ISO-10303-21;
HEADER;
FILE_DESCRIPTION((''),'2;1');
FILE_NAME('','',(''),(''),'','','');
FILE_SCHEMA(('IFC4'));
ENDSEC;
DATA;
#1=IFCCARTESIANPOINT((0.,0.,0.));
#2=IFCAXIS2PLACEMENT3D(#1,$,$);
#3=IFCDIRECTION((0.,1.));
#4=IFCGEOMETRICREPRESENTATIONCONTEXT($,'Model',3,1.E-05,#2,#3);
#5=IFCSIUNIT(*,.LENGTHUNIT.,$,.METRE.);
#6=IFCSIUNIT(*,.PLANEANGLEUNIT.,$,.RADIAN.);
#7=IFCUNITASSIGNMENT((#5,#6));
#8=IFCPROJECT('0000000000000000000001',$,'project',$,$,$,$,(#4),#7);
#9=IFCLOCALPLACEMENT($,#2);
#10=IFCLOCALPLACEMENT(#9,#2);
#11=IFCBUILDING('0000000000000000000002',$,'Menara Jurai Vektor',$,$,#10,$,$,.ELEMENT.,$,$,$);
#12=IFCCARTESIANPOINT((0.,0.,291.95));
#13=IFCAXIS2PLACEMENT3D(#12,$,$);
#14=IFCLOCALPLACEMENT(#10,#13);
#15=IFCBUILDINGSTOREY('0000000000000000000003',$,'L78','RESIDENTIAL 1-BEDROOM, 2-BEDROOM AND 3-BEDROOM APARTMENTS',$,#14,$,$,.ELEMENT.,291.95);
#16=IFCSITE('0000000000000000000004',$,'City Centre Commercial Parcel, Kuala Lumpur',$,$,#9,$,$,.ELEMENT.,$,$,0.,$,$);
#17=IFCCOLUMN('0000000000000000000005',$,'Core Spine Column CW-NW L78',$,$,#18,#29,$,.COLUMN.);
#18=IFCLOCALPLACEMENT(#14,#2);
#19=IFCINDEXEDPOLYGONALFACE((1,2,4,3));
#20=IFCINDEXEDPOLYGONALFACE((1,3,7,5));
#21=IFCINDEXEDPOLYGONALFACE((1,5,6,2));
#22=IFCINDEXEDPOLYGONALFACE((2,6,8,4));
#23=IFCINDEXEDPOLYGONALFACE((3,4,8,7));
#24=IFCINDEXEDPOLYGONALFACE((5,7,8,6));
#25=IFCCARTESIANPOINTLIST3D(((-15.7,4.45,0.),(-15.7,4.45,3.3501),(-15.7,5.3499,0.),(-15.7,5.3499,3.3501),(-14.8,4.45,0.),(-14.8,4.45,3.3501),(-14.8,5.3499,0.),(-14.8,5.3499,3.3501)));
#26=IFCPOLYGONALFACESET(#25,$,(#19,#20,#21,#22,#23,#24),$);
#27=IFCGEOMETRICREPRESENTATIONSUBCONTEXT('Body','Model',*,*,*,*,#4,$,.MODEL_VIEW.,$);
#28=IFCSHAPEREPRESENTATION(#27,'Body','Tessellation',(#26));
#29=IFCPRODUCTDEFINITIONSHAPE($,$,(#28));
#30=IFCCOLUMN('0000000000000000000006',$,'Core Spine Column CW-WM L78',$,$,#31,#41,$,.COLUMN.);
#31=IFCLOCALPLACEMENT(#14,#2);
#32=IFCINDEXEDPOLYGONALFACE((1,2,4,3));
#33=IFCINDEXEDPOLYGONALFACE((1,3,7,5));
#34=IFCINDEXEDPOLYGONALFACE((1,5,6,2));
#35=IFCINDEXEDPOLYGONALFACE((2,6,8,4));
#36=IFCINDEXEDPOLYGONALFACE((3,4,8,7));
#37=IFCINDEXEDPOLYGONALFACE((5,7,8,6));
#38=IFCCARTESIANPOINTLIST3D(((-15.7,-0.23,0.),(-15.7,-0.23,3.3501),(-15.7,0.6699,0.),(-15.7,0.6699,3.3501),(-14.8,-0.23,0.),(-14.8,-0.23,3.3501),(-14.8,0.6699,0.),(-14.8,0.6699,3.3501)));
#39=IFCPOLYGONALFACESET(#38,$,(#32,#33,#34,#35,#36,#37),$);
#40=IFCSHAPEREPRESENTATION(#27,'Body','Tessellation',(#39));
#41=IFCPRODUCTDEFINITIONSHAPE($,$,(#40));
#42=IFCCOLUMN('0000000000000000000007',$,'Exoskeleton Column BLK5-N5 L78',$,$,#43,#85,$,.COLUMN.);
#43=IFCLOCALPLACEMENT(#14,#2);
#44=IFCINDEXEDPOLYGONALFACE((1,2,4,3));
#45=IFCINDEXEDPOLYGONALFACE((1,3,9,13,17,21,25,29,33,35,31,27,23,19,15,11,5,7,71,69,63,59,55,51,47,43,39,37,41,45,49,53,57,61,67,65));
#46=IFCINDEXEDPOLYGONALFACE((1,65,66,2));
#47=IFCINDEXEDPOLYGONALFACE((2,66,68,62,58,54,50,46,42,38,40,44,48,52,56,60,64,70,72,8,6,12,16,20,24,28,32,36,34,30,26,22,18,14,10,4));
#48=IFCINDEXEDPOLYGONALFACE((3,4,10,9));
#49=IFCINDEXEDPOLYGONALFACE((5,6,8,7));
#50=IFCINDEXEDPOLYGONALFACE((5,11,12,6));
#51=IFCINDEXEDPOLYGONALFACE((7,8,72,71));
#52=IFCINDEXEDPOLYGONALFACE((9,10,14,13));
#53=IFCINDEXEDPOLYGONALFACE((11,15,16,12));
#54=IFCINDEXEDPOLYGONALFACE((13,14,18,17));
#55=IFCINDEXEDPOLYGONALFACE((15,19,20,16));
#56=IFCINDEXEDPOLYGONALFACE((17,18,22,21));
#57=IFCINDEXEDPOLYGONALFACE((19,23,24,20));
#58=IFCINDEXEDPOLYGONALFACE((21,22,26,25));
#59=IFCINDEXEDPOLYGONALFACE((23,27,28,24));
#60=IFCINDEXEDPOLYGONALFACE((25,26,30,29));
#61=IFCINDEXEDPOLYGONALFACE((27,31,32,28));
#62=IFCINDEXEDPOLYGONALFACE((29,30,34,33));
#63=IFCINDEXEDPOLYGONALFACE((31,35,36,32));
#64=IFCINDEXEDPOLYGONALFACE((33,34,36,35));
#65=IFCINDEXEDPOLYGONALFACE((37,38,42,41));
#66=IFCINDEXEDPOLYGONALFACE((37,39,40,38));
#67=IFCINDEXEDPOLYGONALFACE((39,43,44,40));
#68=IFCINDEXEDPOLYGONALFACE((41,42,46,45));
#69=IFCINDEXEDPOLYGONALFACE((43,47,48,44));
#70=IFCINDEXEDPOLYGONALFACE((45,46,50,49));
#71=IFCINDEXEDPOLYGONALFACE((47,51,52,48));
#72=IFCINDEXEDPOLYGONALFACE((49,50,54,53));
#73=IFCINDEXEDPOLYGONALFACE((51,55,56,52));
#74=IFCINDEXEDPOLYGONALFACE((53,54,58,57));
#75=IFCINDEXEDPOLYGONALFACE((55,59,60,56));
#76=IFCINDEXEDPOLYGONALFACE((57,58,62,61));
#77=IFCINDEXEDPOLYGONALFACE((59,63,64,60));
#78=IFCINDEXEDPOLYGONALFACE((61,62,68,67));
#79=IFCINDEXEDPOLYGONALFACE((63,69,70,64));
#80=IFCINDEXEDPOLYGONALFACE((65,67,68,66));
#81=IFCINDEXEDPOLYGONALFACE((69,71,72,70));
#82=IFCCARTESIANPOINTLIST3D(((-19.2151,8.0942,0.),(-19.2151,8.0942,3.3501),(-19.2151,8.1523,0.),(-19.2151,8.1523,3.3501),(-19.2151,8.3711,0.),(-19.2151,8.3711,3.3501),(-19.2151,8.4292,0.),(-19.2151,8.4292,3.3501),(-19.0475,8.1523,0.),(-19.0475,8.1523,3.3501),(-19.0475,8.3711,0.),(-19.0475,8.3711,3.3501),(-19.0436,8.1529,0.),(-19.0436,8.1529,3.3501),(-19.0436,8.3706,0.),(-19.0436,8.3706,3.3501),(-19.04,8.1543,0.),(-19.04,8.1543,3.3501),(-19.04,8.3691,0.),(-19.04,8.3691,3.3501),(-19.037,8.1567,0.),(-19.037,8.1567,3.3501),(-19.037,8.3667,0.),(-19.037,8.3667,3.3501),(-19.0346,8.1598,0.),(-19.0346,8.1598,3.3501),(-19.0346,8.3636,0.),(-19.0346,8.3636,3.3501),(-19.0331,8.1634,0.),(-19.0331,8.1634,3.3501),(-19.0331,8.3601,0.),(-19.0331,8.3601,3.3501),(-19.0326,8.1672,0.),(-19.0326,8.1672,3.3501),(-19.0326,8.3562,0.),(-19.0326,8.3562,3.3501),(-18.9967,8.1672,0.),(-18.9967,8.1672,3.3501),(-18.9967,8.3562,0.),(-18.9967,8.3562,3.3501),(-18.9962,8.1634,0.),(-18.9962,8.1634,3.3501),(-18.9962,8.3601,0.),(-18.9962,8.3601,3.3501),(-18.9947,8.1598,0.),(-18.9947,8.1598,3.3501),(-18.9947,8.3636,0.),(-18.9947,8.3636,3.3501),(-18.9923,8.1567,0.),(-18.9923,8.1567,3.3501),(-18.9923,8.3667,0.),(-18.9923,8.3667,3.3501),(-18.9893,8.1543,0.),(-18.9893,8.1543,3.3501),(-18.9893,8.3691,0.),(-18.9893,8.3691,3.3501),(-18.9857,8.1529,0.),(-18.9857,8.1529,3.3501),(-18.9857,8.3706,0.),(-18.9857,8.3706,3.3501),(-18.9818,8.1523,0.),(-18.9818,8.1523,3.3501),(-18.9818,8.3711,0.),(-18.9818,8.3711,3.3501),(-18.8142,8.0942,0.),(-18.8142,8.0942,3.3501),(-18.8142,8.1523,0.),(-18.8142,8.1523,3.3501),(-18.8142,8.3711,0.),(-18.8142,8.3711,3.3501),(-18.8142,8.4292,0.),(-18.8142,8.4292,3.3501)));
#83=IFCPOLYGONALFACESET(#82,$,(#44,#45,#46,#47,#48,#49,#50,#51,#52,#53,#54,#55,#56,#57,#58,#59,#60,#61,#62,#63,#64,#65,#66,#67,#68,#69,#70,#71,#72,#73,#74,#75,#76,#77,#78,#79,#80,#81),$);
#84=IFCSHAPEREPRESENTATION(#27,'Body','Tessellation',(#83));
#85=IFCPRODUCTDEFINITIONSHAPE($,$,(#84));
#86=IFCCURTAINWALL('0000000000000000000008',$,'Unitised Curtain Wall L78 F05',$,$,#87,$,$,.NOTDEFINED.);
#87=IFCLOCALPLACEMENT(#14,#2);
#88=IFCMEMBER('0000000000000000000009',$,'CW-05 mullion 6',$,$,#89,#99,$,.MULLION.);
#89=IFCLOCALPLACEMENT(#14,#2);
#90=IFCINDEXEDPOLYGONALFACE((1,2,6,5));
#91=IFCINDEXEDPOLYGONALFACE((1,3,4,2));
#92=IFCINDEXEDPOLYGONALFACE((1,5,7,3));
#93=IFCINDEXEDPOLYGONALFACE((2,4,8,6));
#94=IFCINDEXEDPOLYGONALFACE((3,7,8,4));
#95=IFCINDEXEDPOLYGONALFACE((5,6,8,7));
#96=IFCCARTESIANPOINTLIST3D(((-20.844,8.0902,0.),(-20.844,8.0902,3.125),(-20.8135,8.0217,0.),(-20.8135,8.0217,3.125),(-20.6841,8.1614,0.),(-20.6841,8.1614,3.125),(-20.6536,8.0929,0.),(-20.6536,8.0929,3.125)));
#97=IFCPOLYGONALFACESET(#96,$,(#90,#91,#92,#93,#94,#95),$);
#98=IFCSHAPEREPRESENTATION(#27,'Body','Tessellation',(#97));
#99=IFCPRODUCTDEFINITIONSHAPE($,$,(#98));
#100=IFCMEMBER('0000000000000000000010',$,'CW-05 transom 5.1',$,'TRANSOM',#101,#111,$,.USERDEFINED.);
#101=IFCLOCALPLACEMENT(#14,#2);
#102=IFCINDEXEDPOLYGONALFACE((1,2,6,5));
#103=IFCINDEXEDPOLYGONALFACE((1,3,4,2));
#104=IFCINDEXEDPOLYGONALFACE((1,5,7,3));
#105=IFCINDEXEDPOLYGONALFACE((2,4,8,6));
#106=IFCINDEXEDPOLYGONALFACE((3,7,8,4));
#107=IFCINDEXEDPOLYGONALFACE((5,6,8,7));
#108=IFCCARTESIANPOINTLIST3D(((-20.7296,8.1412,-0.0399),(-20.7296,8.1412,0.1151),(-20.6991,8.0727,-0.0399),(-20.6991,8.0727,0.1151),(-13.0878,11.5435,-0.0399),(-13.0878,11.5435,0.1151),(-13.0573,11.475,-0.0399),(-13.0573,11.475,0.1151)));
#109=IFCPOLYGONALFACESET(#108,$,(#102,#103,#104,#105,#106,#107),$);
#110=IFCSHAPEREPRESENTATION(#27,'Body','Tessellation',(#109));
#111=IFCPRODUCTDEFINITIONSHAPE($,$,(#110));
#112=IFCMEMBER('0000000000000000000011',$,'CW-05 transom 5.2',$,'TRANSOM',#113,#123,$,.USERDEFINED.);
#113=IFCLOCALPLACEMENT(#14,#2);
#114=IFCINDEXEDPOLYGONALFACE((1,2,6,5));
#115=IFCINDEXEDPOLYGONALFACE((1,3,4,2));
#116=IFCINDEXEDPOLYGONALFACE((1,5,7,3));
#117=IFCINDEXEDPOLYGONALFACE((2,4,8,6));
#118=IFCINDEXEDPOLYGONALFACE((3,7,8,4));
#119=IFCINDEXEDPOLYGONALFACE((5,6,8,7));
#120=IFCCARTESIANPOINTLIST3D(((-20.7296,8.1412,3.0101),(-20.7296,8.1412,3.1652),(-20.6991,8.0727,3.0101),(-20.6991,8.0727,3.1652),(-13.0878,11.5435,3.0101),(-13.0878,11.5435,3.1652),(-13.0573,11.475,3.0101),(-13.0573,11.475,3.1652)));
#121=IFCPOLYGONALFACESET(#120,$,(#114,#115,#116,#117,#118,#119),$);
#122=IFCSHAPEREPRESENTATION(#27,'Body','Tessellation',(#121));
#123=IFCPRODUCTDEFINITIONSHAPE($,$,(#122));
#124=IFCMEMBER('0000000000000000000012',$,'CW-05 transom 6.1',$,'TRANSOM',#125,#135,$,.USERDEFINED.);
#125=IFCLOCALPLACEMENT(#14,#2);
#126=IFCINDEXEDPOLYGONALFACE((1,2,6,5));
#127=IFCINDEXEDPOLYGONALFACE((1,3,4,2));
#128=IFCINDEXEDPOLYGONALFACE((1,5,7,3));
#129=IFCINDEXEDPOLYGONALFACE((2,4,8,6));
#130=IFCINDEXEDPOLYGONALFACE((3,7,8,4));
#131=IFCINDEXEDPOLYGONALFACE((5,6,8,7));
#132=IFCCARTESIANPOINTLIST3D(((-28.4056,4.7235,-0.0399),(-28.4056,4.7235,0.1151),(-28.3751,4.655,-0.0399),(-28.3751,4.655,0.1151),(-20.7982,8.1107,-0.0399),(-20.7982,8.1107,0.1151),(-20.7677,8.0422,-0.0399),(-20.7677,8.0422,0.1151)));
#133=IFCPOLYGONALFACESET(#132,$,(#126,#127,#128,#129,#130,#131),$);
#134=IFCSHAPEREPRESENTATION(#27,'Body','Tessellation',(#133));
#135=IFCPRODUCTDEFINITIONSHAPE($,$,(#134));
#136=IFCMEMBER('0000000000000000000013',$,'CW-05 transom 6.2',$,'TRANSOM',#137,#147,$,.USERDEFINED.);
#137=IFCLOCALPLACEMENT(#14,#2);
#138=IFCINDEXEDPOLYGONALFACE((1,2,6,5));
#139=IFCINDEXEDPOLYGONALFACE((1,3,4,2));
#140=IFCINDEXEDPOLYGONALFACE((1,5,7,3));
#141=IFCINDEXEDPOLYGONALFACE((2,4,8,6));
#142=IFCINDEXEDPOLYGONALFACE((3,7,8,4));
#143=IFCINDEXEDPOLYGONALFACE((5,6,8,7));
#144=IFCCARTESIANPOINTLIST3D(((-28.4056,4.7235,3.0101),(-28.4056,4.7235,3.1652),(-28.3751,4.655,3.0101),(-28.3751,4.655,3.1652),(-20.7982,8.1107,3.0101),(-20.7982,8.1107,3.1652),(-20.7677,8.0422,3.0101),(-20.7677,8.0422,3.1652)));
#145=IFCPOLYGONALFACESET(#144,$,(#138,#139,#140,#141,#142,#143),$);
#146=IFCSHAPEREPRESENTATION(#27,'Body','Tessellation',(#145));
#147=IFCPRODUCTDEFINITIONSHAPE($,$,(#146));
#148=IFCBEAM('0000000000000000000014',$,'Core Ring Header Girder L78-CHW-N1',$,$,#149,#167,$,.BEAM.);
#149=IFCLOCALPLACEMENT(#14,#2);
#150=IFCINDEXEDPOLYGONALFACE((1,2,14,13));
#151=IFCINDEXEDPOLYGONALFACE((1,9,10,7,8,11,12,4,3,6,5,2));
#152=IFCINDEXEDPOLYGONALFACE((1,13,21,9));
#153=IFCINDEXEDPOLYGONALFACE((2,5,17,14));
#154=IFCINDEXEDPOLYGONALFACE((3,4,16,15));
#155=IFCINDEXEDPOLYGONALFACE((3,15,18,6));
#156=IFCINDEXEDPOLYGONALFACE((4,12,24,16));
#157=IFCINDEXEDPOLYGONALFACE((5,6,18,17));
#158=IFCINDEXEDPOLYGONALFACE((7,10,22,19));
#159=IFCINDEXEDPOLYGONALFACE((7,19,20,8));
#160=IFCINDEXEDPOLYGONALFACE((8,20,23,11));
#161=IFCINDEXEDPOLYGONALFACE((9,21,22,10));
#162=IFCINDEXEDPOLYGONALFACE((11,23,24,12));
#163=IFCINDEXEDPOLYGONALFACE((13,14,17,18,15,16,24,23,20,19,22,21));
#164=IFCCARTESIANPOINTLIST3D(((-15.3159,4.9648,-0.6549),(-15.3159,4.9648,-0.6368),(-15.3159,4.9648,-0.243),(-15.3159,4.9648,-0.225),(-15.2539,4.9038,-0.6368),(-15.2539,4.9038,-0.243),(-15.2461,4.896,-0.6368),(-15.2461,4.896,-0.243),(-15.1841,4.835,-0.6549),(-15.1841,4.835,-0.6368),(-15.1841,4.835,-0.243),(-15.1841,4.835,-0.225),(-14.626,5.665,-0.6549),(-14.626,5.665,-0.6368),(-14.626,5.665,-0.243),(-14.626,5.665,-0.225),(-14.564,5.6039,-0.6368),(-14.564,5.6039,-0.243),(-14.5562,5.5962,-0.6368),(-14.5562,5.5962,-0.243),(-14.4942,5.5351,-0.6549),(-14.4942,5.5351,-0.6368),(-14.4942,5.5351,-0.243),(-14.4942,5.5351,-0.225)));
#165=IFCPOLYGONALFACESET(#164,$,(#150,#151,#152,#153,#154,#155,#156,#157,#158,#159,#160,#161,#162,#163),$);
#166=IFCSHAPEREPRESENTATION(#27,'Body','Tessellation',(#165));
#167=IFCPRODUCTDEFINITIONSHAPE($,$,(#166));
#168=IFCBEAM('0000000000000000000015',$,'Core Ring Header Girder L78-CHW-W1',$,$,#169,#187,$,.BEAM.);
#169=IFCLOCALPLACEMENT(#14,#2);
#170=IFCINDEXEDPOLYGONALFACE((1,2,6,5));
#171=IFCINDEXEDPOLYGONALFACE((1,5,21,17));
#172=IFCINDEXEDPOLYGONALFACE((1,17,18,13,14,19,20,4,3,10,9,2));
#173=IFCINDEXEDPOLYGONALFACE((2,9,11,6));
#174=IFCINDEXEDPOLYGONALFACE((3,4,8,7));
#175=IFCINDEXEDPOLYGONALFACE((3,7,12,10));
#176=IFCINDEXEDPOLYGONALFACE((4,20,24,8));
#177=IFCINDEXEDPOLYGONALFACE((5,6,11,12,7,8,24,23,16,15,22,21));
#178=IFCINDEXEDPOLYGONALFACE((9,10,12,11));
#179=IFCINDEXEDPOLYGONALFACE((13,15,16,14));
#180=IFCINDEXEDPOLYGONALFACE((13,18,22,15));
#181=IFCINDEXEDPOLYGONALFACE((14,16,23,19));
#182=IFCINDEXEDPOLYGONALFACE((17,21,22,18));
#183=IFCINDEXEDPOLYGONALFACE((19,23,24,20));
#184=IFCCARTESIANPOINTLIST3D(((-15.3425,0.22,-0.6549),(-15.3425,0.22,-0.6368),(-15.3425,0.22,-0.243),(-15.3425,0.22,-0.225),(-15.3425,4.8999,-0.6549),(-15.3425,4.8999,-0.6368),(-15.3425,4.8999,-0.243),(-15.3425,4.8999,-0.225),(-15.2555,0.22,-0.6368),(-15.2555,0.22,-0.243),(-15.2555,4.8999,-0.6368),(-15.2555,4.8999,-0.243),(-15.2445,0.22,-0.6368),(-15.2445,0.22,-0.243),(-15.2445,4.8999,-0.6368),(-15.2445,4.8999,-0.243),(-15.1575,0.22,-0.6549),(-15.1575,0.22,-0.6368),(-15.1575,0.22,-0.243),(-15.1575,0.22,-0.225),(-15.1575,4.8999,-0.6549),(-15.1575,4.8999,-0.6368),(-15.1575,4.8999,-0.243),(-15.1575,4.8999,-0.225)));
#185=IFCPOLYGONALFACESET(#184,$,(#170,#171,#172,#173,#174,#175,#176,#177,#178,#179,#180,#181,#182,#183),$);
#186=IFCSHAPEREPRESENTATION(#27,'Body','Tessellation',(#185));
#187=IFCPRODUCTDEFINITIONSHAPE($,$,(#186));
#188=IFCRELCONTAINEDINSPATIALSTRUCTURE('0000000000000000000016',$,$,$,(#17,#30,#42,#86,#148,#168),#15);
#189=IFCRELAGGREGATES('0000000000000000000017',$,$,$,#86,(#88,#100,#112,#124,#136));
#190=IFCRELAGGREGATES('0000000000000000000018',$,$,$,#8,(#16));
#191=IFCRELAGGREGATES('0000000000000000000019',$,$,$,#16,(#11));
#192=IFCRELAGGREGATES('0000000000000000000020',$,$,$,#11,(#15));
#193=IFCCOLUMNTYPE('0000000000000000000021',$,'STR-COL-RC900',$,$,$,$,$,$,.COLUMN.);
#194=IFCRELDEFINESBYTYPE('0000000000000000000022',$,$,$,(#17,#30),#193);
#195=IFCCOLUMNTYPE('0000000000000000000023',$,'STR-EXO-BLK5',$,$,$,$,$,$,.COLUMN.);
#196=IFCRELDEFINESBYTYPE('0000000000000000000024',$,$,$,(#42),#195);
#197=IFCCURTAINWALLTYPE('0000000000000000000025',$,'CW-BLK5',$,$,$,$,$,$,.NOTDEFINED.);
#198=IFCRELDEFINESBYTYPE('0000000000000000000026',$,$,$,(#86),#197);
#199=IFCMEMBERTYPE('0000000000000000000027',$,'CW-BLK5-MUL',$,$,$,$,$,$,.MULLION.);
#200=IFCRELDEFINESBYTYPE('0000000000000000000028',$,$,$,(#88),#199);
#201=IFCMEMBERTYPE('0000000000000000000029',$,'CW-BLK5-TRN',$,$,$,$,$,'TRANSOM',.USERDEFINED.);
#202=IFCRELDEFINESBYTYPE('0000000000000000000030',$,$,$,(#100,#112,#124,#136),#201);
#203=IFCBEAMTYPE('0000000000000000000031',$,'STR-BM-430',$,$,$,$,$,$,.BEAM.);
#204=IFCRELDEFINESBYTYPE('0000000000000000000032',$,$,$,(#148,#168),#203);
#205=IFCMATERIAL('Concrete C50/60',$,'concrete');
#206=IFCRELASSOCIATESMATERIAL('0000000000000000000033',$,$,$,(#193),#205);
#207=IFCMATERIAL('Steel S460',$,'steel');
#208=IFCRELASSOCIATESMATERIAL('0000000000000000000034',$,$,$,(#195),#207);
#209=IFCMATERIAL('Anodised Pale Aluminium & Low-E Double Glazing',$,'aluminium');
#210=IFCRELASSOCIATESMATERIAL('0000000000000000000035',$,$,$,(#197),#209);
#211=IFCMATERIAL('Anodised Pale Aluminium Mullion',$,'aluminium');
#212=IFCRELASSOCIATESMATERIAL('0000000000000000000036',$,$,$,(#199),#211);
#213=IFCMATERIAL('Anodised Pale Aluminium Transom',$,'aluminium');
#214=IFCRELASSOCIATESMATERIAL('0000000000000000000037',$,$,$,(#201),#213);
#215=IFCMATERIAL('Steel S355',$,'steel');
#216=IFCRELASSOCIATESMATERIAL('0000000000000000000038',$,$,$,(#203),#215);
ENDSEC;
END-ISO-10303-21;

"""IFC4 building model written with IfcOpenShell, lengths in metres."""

from ifc_helpers import new_model, si_unit, direction, frame, origin, origin_2d, place, context, subcontext, project, spatial, rectangle, i_section, extrude, material, material_profile, profile_set, type_object, element, aggregate, save


model = new_model("IFC4")

# Units and contexts
model_context = context("Model", 3, precision=1e-05, world=origin(), true_north=direction((0.0, 1.0)))
body_context = subcontext(model_context, "Body", "Model", "MODEL_VIEW")
ifc_project = project(units=[si_unit("LENGTHUNIT", "METRE"), si_unit("PLANEANGLEUNIT", "RADIAN")], contexts=[model_context])

# Site, building, storey
site_placement = place(None, origin())
site = spatial("IfcSite", under=ifc_project, at=site_placement, Name="City Centre Commercial Parcel, Kuala Lumpur", CompositionType="ELEMENT", RefElevation=0.0)
building_placement = place(site_placement, origin())
building = spatial("IfcBuilding", under=site, at=building_placement, Name="Menara Jurai Vektor", CompositionType="ELEMENT")
storey_placement = place(building_placement, frame((0.0, 0.0, 291.95)))
storey = spatial("IfcBuildingStorey", under=building, at=storey_placement, Name="L78", Description="RESIDENTIAL 1-BEDROOM, 2-BEDROOM AND 3-BEDROOM APARTMENTS", CompositionType="ELEMENT", Elevation=291.95)

# Columns
ifc_material_1 = material(Name="Concrete C50/60", Category="concrete")
ifc_material_profile_1 = material_profile(ifc_material_1, rectangle(XDim=0.8999, YDim=0.8999, at=origin_2d()), Name="RC 900x900")
ifc_profile_set_1 = profile_set([ifc_material_profile_1], Name="Concrete C50/60")
column_type_1 = type_object("IfcColumnType", Name="STR-COL-RC900", PredefinedType="COLUMN", material=ifc_profile_set_1)
for number, where, z_axis, x_axis, name in (
    (1, (-15.25, 4.8999, 0.0), (0.0, 0.0, 1.0), (1.0, 0.0, 0.0), "Core Spine Column CW-NW L78"),
    (2, (-15.25, 0.22, 0.0), (0.0, 0.0, 1.0), (1.0, 0.0, 0.0), "Core Spine Column CW-WM L78"),
):
    element("IfcColumn", number, at=place(storey_placement, frame(where, z_axis=z_axis, x_axis=x_axis)), inside=storey, type_object=column_type_1, Name=name, PredefinedType="COLUMN", context=body_context, shape_type="SweptSolid", body=[
        extrude(rectangle(XDim=0.8999, YDim=0.8999, at=origin_2d()), origin(), (0.0, 0.0, 1.0), 3.3501),
    ])
ifc_material_2 = material(Name="Steel S460", Category="steel")
ifc_material_profile_2 = material_profile(ifc_material_2, i_section(OverallWidth=0.4009, OverallDepth=0.335, WebThickness=0.0359, FlangeThickness=0.0581, FilletRadius=0.0149, at=origin_2d()), Name="HD 400x463")
ifc_profile_set_2 = profile_set([ifc_material_profile_2], Name="Steel S460")
column_type_2 = type_object("IfcColumnType", Name="STR-EXO-BLK5", PredefinedType="COLUMN", material=ifc_profile_set_2)
column_placement = place(storey_placement, frame((-19.0146, 8.2617, 0.0), z_axis=(0.0, 0.0, 1.0), x_axis=(1.0, 0.0, 0.0)))
element("IfcColumn", 3, at=column_placement, inside=storey, type_object=column_type_2, Name="Exoskeleton Column BLK5-N5 L78", PredefinedType="COLUMN", context=body_context, shape_type="SweptSolid", body=[
    extrude(i_section(OverallWidth=0.4009, OverallDepth=0.335, WebThickness=0.0359, FlangeThickness=0.0581, FilletRadius=0.0149, at=origin_2d()), origin(), (0.0, 0.0, 1.0), 3.3501),
])

# Curtain wall, members
ifc_material_3 = material(Name="Anodised Pale Aluminium & Low-E Double Glazing", Category="aluminium")
curtain_wall_type = type_object("IfcCurtainWallType", Name="CW-BLK5", PredefinedType="NOTDEFINED", material=ifc_material_3)
curtain_wall_placement = place(storey_placement, origin())
curtain_wall = element("IfcCurtainWall", 4, at=curtain_wall_placement, inside=storey, type_object=curtain_wall_type, Name="Unitised Curtain Wall L78 F05", PredefinedType="NOTDEFINED")
ifc_material_4 = material(Name="Anodised Pale Aluminium Mullion", Category="aluminium")
ifc_material_profile_3 = material_profile(ifc_material_4, rectangle(XDim=0.075, YDim=0.175, at=origin_2d()), Name="ALU MUL 75x175")
ifc_profile_set_3 = profile_set([ifc_material_profile_3], Name="Anodised Pale Aluminium Mullion")
member_type_1 = type_object("IfcMemberType", Name="CW-BLK5-MUL", PredefinedType="MULLION", material=ifc_profile_set_3)
member_1_placement = place(storey_placement, frame((-20.7488, 8.0916, 0.0), z_axis=(0.0, 0.0, 1.0), x_axis=(0.406735, -0.913546, 0.0)))
member_1 = element("IfcMember", 5, at=member_1_placement, type_object=member_type_1, Name="CW-05 mullion 6", PredefinedType="MULLION", context=body_context, shape_type="SweptSolid", body=[
    extrude(rectangle(XDim=0.075, YDim=0.175, at=origin_2d()), origin(), (0.0, 0.0, 1.0), 3.125),
])
ifc_material_5 = material(Name="Anodised Pale Aluminium Transom", Category="aluminium")
ifc_material_profile_4 = material_profile(ifc_material_5, rectangle(XDim=0.075, YDim=0.155, at=origin_2d()), Name="ALU TRN 75x155")
ifc_profile_set_4 = profile_set([ifc_material_profile_4], Name="Anodised Pale Aluminium Transom")
member_type_2 = type_object("IfcMemberType", Name="CW-BLK5-TRN", ElementType="TRANSOM", PredefinedType="USERDEFINED", material=ifc_profile_set_4)
member_2_placement = place(storey_placement, frame((-13.0725, 11.5093, 0.0376), z_axis=(-0.913547, -0.406734, 0.0), x_axis=(0.406734, -0.913547, 0.0)))
member_2 = element("IfcMember", 6, at=member_2_placement, type_object=member_type_2, Name="CW-05 transom 5.1", ObjectType="TRANSOM", PredefinedType="USERDEFINED", context=body_context, shape_type="SweptSolid", body=[
    extrude(rectangle(XDim=0.075, YDim=0.155, at=origin_2d()), origin(), (0.0, 0.0, 1.0), 8.365),
])
member_3_placement = place(storey_placement, frame((-13.0725, 11.5093, 3.0876), z_axis=(-0.913547, -0.406734, 0.0), x_axis=(0.406734, -0.913547, 0.0)))
member_3 = element("IfcMember", 7, at=member_3_placement, type_object=member_type_2, Name="CW-05 transom 5.2", ObjectType="TRANSOM", PredefinedType="USERDEFINED", context=body_context, shape_type="SweptSolid", body=[
    extrude(rectangle(XDim=0.075, YDim=0.155, at=origin_2d()), origin(), (0.0, 0.0, 1.0), 8.365),
])
member_4_placement = place(storey_placement, frame((-20.783, 8.0764, 0.0376), z_axis=(-0.913538, -0.406753, 0.0), x_axis=(0.406753, -0.913538, 0.0)))
member_4 = element("IfcMember", 8, at=member_4_placement, type_object=member_type_2, Name="CW-05 transom 6.1", ObjectType="TRANSOM", PredefinedType="USERDEFINED", context=body_context, shape_type="SweptSolid", body=[
    extrude(rectangle(XDim=0.075, YDim=0.155, at=origin_2d()), origin(), (0.0, 0.0, 1.0), 8.3274),
])
member_5_placement = place(storey_placement, frame((-20.783, 8.0764, 3.0876), z_axis=(-0.913538, -0.406753, 0.0), x_axis=(0.406753, -0.913538, 0.0)))
member_5 = element("IfcMember", 9, at=member_5_placement, type_object=member_type_2, Name="CW-05 transom 6.2", ObjectType="TRANSOM", PredefinedType="USERDEFINED", context=body_context, shape_type="SweptSolid", body=[
    extrude(rectangle(XDim=0.075, YDim=0.155, at=origin_2d()), origin(), (0.0, 0.0, 1.0), 8.3274),
])

# Beams
ifc_material_6 = material(Name="Steel S355", Category="steel")
ifc_material_profile_5 = material_profile(ifc_material_6, i_section(OverallWidth=0.1851, OverallDepth=0.4299, WebThickness=0.011, FlangeThickness=0.0181, at=origin_2d()), Name="PG 430x185x76")
ifc_profile_set_5 = profile_set([ifc_material_profile_5], Name="Steel S355")
beam_type_1 = type_object("IfcBeamType", Name="STR-BM-430", PredefinedType="BEAM", material=ifc_profile_set_5)
beam_1_placement = place(storey_placement, frame((-15.25, 4.8999, -0.4399), z_axis=(0.701872, 0.712303, 0.0), x_axis=(-0.712303, 0.701872, 0.0)))
element("IfcBeam", 10, at=beam_1_placement, inside=storey, type_object=beam_type_1, Name="Core Ring Header Girder L78-CHW-N1", PredefinedType="BEAM", context=body_context, shape_type="SweptSolid", body=[
    extrude(i_section(OverallWidth=0.1851, OverallDepth=0.4299, WebThickness=0.011, FlangeThickness=0.0181, at=origin_2d()), origin(), (0.0, 0.0, 1.0), 0.9829),
])
beam_2_placement = place(storey_placement, frame((-15.25, 0.22, -0.4399), z_axis=(0.0, 1.0, 0.0), x_axis=(-1.0, 0.0, 0.0)))
element("IfcBeam", 11, at=beam_2_placement, inside=storey, type_object=beam_type_1, Name="Core Ring Header Girder L78-CHW-W1", PredefinedType="BEAM", context=body_context, shape_type="SweptSolid", body=[
    extrude(i_section(OverallWidth=0.1851, OverallDepth=0.4299, WebThickness=0.011, FlangeThickness=0.0181, at=origin_2d()), origin(), (0.0, 0.0, 1.0), 4.6799),
])

aggregate(curtain_wall, [member_1, member_2, member_3, member_4, member_5])

save(model, "model.ifc")
